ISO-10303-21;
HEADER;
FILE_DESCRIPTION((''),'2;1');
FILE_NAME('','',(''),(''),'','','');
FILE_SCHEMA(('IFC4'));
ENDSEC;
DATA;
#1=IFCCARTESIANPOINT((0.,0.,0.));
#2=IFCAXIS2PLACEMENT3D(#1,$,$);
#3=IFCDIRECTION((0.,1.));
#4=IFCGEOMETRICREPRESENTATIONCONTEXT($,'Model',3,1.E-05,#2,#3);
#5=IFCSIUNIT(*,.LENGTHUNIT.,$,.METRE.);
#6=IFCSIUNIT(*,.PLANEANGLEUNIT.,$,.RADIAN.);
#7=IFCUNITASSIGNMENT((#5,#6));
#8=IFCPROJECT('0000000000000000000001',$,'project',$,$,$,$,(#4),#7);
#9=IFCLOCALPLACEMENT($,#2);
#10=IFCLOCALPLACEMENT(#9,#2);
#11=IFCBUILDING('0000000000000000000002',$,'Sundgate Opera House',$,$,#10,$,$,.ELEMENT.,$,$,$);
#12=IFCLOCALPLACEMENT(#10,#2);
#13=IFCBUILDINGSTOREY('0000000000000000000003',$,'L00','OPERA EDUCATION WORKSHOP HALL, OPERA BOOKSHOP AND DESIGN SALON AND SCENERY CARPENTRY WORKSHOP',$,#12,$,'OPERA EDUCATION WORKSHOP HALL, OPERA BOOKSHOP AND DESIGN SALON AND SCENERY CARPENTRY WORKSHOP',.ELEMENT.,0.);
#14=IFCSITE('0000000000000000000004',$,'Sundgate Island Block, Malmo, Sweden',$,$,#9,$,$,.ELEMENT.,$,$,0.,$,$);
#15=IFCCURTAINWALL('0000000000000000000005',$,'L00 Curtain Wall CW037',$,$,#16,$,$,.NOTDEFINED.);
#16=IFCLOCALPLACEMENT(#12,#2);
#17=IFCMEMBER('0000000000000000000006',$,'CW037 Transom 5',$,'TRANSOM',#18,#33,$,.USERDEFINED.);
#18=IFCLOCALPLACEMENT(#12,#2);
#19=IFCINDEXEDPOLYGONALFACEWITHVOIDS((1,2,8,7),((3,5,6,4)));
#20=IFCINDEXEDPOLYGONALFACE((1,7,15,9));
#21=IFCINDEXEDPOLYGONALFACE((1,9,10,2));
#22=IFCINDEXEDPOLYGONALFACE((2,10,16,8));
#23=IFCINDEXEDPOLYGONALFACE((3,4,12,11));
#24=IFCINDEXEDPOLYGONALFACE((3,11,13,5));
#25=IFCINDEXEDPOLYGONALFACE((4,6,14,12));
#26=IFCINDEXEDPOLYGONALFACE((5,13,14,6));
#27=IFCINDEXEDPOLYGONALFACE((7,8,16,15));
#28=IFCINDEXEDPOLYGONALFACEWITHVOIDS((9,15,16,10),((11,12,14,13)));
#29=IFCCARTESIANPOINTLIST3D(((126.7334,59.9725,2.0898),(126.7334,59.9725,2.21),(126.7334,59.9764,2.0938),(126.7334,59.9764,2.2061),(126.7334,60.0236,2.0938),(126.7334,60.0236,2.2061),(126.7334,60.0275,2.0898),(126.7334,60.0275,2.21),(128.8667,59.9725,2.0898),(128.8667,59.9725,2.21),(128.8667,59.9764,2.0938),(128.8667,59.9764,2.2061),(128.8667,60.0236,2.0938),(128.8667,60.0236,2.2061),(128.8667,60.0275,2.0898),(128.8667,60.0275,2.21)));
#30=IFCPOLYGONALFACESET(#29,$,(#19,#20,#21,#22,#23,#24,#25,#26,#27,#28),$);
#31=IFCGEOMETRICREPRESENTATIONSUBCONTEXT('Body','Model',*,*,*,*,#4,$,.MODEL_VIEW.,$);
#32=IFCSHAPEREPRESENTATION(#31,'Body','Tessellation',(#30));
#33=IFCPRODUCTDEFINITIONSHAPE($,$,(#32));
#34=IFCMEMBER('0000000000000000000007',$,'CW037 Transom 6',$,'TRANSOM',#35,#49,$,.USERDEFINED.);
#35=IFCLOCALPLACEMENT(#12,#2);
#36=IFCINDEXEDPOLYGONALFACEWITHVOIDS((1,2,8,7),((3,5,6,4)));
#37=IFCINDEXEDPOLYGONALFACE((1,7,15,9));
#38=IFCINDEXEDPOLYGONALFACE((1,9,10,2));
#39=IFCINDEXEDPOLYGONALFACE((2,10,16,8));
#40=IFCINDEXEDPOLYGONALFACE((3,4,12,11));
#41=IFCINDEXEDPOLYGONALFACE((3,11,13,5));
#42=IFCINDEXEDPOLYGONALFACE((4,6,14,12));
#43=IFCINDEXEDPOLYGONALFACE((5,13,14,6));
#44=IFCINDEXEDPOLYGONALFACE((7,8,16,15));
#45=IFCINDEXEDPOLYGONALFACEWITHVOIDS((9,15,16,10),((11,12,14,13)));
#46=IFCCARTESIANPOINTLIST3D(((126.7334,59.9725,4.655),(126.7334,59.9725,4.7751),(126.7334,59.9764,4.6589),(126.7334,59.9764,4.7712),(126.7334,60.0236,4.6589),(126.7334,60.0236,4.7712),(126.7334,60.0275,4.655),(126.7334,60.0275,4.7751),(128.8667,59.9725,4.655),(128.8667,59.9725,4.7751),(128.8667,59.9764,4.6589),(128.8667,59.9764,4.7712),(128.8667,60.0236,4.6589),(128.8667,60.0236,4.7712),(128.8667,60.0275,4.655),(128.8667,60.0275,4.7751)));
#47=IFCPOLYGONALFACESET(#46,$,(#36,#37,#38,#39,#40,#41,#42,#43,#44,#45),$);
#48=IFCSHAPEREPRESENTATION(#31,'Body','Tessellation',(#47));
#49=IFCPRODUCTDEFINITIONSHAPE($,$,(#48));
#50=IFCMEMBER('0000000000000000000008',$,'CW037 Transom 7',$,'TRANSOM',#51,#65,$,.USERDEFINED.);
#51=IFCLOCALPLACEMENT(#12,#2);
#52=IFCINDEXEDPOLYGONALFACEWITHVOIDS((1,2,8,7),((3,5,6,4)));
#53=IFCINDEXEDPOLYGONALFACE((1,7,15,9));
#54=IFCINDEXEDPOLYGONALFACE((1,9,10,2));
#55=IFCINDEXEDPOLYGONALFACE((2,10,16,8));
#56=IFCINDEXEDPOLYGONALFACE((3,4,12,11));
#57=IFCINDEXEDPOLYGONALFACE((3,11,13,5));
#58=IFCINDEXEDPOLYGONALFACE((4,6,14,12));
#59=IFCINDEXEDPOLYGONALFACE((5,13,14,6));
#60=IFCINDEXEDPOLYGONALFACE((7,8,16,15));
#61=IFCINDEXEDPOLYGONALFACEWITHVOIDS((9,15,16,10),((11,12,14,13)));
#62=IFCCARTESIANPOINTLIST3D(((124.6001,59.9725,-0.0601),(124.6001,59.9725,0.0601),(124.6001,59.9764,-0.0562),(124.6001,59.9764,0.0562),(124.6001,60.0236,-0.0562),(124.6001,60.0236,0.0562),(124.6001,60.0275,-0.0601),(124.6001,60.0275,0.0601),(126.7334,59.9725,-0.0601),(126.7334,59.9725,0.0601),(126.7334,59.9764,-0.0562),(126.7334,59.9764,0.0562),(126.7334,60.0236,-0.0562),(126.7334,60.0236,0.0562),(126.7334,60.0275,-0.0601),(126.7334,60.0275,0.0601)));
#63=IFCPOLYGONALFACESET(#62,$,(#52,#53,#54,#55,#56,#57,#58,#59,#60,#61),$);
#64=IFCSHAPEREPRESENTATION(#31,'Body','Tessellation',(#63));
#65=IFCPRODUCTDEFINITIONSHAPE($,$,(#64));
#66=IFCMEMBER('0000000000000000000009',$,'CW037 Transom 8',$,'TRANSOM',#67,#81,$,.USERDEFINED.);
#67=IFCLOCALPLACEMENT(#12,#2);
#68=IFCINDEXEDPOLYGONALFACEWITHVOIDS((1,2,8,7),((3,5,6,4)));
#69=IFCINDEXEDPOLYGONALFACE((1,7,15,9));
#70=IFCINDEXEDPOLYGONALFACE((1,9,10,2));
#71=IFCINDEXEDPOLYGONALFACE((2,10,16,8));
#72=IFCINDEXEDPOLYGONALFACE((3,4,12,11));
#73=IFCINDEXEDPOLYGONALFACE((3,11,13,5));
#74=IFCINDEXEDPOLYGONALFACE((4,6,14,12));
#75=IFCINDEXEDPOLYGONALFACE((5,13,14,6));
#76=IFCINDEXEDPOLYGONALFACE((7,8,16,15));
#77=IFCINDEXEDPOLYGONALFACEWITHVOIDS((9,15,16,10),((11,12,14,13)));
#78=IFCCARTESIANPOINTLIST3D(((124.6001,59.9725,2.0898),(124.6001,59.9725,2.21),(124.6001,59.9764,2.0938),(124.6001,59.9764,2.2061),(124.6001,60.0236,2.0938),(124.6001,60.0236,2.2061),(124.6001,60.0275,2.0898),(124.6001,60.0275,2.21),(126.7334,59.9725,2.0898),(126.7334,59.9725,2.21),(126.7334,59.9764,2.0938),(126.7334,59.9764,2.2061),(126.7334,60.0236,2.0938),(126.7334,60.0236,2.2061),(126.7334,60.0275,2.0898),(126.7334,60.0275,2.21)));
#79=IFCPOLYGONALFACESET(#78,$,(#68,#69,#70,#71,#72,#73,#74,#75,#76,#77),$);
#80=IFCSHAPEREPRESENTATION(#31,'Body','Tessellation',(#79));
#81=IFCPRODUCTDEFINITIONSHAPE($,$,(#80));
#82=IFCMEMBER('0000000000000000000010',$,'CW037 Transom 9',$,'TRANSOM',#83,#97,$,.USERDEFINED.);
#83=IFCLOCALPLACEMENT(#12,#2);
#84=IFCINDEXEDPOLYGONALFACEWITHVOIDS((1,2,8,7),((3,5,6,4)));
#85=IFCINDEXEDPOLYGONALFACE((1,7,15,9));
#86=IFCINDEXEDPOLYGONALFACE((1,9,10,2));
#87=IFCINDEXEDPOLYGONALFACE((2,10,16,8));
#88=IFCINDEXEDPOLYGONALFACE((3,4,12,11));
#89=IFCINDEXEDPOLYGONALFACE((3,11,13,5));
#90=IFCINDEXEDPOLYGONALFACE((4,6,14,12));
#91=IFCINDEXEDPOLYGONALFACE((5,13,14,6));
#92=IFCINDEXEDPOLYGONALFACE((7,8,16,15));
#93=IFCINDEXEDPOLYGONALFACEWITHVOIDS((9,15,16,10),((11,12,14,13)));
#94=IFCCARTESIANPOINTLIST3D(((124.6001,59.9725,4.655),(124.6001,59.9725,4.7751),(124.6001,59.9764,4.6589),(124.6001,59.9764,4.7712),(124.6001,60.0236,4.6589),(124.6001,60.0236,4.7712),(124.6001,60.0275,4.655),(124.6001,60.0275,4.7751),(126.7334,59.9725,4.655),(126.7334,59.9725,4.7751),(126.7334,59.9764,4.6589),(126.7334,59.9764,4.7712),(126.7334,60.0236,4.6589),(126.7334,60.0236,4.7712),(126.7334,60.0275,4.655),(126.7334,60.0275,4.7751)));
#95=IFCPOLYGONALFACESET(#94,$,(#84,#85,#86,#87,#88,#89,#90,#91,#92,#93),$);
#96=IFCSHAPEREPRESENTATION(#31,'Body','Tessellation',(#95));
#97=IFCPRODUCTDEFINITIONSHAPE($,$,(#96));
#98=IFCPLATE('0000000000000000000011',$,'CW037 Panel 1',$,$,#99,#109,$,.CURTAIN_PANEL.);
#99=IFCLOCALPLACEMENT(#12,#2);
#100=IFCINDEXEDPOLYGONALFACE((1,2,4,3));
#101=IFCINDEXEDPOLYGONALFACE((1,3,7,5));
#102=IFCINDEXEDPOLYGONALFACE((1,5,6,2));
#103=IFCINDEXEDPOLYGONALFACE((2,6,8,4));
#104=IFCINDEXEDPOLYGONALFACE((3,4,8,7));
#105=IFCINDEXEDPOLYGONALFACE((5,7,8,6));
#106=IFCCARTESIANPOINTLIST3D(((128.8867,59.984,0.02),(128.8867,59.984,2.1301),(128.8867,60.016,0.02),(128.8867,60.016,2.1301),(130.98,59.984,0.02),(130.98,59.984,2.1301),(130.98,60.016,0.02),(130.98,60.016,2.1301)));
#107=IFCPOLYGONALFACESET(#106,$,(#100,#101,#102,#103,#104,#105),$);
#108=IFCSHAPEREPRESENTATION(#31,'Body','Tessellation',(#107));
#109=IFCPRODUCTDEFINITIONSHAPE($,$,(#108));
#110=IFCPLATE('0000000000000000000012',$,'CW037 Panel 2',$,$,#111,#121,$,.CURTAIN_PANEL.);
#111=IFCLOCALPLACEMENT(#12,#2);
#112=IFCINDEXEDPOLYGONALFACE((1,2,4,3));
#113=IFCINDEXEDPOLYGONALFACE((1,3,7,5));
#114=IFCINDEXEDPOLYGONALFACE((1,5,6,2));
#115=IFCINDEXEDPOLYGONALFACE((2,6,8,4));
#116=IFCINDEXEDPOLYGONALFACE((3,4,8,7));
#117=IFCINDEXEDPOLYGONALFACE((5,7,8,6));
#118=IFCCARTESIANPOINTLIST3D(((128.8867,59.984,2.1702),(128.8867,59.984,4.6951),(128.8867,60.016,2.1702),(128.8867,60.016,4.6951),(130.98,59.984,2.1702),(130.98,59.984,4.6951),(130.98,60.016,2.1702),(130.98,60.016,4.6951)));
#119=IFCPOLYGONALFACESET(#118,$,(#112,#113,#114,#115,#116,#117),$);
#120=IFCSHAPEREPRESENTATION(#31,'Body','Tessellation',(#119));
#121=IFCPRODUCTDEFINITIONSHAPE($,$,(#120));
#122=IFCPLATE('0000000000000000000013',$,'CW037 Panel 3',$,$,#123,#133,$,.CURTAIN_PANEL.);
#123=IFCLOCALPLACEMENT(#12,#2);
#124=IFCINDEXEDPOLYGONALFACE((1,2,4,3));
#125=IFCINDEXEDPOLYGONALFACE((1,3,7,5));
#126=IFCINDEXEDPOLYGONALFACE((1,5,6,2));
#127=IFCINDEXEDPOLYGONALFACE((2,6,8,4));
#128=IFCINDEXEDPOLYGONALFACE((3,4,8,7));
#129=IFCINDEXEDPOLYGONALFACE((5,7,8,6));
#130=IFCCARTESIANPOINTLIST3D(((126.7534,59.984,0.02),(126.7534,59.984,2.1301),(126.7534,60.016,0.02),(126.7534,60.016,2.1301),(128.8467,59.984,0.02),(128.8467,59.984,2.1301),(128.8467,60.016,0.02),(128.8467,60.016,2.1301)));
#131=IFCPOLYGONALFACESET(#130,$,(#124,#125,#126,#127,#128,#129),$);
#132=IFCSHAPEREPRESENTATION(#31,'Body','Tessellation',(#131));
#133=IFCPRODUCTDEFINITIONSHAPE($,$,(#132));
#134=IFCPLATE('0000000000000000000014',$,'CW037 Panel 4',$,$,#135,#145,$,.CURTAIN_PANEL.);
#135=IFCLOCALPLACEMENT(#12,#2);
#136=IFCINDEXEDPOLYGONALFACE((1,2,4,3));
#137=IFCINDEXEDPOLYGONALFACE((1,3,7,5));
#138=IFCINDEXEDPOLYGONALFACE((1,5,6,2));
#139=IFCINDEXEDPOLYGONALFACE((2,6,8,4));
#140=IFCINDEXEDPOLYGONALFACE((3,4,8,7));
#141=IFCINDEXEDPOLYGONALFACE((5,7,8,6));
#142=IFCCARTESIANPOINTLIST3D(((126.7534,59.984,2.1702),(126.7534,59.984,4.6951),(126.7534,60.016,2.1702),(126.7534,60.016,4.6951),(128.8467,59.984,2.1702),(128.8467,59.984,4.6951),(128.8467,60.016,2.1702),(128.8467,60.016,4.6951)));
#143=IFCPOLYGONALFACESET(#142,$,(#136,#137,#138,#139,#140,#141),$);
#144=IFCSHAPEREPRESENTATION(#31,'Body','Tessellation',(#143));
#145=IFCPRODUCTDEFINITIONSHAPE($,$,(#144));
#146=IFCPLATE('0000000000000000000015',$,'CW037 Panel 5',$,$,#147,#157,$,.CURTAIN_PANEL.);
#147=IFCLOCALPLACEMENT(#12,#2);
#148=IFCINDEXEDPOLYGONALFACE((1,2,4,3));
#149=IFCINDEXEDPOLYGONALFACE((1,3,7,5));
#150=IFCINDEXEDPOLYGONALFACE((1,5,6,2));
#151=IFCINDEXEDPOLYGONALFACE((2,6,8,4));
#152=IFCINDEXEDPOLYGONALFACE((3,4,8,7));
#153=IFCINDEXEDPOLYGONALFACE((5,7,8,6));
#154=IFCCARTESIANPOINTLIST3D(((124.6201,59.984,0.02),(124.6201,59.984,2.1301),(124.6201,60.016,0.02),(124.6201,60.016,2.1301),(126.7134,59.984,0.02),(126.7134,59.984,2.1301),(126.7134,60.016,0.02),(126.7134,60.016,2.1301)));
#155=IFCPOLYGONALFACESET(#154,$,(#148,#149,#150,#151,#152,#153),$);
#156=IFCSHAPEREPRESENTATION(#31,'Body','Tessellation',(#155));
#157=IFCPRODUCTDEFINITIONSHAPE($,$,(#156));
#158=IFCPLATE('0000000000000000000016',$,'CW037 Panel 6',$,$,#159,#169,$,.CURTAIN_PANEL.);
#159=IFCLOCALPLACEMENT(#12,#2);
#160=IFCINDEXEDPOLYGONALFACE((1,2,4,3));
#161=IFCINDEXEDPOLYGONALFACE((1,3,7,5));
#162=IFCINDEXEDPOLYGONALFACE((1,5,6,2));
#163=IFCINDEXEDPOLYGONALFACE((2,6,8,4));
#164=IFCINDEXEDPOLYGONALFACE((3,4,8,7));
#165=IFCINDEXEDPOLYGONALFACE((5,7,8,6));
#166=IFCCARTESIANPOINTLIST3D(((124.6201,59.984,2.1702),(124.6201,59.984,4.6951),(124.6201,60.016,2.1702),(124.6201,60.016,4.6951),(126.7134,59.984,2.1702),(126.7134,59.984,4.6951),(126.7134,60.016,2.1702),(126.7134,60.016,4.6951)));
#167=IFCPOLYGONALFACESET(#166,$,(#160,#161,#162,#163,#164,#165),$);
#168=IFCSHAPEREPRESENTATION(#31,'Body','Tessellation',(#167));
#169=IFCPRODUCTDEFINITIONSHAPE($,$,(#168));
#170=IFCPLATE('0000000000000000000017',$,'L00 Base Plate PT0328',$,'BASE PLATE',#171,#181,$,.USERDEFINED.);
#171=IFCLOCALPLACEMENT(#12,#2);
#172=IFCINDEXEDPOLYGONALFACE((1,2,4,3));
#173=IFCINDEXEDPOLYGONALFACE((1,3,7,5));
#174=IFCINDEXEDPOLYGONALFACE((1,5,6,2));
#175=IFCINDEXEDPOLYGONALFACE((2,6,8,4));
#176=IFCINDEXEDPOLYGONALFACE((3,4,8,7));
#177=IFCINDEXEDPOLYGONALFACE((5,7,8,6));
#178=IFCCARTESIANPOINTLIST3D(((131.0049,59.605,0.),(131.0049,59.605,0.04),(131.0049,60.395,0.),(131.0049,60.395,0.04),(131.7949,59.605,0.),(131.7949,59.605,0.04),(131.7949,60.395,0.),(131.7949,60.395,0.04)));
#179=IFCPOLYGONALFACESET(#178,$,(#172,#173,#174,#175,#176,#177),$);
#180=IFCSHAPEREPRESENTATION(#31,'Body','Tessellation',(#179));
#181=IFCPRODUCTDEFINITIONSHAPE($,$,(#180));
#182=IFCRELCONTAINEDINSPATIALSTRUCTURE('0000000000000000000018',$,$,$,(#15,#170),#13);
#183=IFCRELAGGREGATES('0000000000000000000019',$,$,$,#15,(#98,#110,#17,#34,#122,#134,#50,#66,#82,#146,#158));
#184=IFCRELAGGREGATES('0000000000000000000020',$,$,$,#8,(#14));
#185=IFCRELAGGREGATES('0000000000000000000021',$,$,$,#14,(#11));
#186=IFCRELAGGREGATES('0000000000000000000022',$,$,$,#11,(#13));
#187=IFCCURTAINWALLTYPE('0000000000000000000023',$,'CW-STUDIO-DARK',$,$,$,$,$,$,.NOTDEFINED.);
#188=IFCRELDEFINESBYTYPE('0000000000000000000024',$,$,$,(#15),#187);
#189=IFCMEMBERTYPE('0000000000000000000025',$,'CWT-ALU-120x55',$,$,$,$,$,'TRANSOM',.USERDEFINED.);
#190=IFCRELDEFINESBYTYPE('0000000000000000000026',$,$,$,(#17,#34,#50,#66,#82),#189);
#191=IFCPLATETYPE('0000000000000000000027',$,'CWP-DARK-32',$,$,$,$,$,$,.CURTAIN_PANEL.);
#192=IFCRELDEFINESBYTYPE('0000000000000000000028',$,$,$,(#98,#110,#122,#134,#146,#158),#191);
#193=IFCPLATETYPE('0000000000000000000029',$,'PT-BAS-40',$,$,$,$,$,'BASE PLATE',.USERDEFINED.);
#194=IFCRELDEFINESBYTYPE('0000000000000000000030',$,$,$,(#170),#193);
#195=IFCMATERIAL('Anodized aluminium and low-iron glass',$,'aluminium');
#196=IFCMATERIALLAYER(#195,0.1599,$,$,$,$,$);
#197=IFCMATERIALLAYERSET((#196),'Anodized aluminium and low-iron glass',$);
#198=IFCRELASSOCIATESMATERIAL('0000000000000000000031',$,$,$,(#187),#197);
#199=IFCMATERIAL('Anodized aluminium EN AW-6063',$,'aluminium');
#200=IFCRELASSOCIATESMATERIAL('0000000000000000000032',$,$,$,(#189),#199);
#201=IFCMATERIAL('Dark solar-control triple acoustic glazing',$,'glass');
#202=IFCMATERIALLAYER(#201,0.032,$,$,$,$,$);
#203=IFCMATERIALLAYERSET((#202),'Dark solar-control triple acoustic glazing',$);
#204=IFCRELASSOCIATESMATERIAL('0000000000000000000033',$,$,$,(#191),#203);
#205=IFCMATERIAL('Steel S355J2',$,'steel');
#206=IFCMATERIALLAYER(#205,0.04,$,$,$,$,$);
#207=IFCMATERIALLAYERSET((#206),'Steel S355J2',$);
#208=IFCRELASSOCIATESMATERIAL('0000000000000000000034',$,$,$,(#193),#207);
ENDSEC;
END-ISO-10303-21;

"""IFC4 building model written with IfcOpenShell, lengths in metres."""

from ifc_helpers import new_model, si_unit, direction, frame, origin, origin_2d, place, context, subcontext, project, spatial, rectangle, hollow_rectangle, extrude, material, layer, layer_set, material_profile, profile_set, type_object, element, aggregate, save


model = new_model("IFC4")

# Units and contexts
model_context = context("Model", 3, precision=1e-05, world=origin(), true_north=direction((0.0, 1.0)))
body_context = subcontext(model_context, "Body", "Model", "MODEL_VIEW")
ifc_project = project(units=[si_unit("LENGTHUNIT", "METRE"), si_unit("PLANEANGLEUNIT", "RADIAN")], contexts=[model_context])

# Site, building, storey
site_placement = place(None, origin())
site = spatial("IfcSite", under=ifc_project, at=site_placement, Name="Sundgate Island Block, Malmo, Sweden", CompositionType="ELEMENT", RefElevation=0.0)
building_placement = place(site_placement, origin())
building = spatial("IfcBuilding", under=site, at=building_placement, Name="Sundgate Opera House", CompositionType="ELEMENT")
storey_placement = place(building_placement, origin())
storey = spatial("IfcBuildingStorey", under=building, at=storey_placement, Name="L00", Description="OPERA EDUCATION WORKSHOP HALL, OPERA BOOKSHOP AND DESIGN SALON AND SCENERY CARPENTRY WORKSHOP", LongName="OPERA EDUCATION WORKSHOP HALL, OPERA BOOKSHOP AND DESIGN SALON AND SCENERY CARPENTRY WORKSHOP", CompositionType="ELEMENT", Elevation=0.0)

# Curtain wall, members, plates
ifc_material_1 = material(Name="Anodized aluminium and low-iron glass", Category="aluminium")
ifc_layer_1 = layer(ifc_material_1, 0.1599)
ifc_layer_set_1 = layer_set([ifc_layer_1], Name="Anodized aluminium and low-iron glass")
curtain_wall_type = type_object("IfcCurtainWallType", Name="CW-STUDIO-DARK", PredefinedType="NOTDEFINED", material=ifc_layer_set_1)
curtain_wall_placement = place(storey_placement, origin())
curtain_wall = element("IfcCurtainWall", 1, at=curtain_wall_placement, inside=storey, type_object=curtain_wall_type, Name="L00 Curtain Wall CW037", PredefinedType="NOTDEFINED")
ifc_material_2 = material(Name="Anodized aluminium EN AW-6063", Category="aluminium")
ifc_material_profile_1 = material_profile(ifc_material_2, hollow_rectangle(XDim=0.0549, YDim=0.1201, WallThickness=0.0039, at=origin_2d()), Name="CWT 120x55x4")
ifc_profile_set_1 = profile_set([ifc_material_profile_1], Name="Anodized aluminium EN AW-6063")
member_type_1 = type_object("IfcMemberType", Name="CWT-ALU-120x55", ElementType="TRANSOM", PredefinedType="USERDEFINED", material=ifc_profile_set_1)
member_1_placement = place(storey_placement, frame((128.8667, 60.0, 2.1499), z_axis=(-1.0, 0.0, 0.0), x_axis=(0.0, -1.0, 0.0)))
member_1 = element("IfcMember", 2, at=member_1_placement, type_object=member_type_1, Name="CW037 Transom 5", ObjectType="TRANSOM", PredefinedType="USERDEFINED", context=body_context, shape_type="SweptSolid", body=[
    extrude(hollow_rectangle(XDim=0.0549, YDim=0.1201, WallThickness=0.0039, at=origin_2d()), origin(), (0.0, 0.0, 1.0), 2.1333),
])
member_2_placement = place(storey_placement, frame((128.8667, 60.0, 4.7151), z_axis=(-1.0, 0.0, 0.0), x_axis=(0.0, -1.0, 0.0)))
member_2 = element("IfcMember", 3, at=member_2_placement, type_object=member_type_1, Name="CW037 Transom 6", ObjectType="TRANSOM", PredefinedType="USERDEFINED", context=body_context, shape_type="SweptSolid", body=[
    extrude(hollow_rectangle(XDim=0.0549, YDim=0.1201, WallThickness=0.0039, at=origin_2d()), origin(), (0.0, 0.0, 1.0), 2.1333),
])
member_3_placement = place(storey_placement, frame((126.7334, 60.0, 0.0), z_axis=(-1.0, 0.0, 0.0), x_axis=(0.0, -1.0, 0.0)))
member_3 = element("IfcMember", 4, at=member_3_placement, type_object=member_type_1, Name="CW037 Transom 7", ObjectType="TRANSOM", PredefinedType="USERDEFINED", context=body_context, shape_type="SweptSolid", body=[
    extrude(hollow_rectangle(XDim=0.0549, YDim=0.1201, WallThickness=0.0039, at=origin_2d()), origin(), (0.0, 0.0, 1.0), 2.1333),
])
member_4_placement = place(storey_placement, frame((126.7334, 60.0, 2.1499), z_axis=(-1.0, 0.0, 0.0), x_axis=(0.0, -1.0, 0.0)))
member_4 = element("IfcMember", 5, at=member_4_placement, type_object=member_type_1, Name="CW037 Transom 8", ObjectType="TRANSOM", PredefinedType="USERDEFINED", context=body_context, shape_type="SweptSolid", body=[
    extrude(hollow_rectangle(XDim=0.0549, YDim=0.1201, WallThickness=0.0039, at=origin_2d()), origin(), (0.0, 0.0, 1.0), 2.1333),
])
member_5_placement = place(storey_placement, frame((126.7334, 60.0, 4.7151), z_axis=(-1.0, 0.0, 0.0), x_axis=(0.0, -1.0, 0.0)))
member_5 = element("IfcMember", 6, at=member_5_placement, type_object=member_type_1, Name="CW037 Transom 9", ObjectType="TRANSOM", PredefinedType="USERDEFINED", context=body_context, shape_type="SweptSolid", body=[
    extrude(hollow_rectangle(XDim=0.0549, YDim=0.1201, WallThickness=0.0039, at=origin_2d()), origin(), (0.0, 0.0, 1.0), 2.1333),
])
ifc_material_3 = material(Name="Dark solar-control triple acoustic glazing", Category="glass")
ifc_layer_2 = layer(ifc_material_3, 0.032)
ifc_layer_set_2 = layer_set([ifc_layer_2], Name="Dark solar-control triple acoustic glazing")
plate_type_1 = type_object("IfcPlateType", Name="CWP-DARK-32", PredefinedType="CURTAIN_PANEL", material=ifc_layer_set_2)
plate_1_placement = place(storey_placement, frame((129.9333, 60.0, 0.02), z_axis=(0.0, 0.0, 1.0), x_axis=(-1.0, 0.0, 0.0)))
plate_1 = element("IfcPlate", 7, at=plate_1_placement, type_object=plate_type_1, Name="CW037 Panel 1", PredefinedType="CURTAIN_PANEL", context=body_context, shape_type="SweptSolid", body=[
    extrude(rectangle(XDim=2.0933, YDim=0.032, at=origin_2d()), origin(), (0.0, 0.0, 1.0), 2.1101),
])
plate_2_placement = place(storey_placement, frame((129.9333, 60.0, 2.1702), z_axis=(0.0, 0.0, 1.0), x_axis=(-1.0, 0.0, 0.0)))
plate_2 = element("IfcPlate", 8, at=plate_2_placement, type_object=plate_type_1, Name="CW037 Panel 2", PredefinedType="CURTAIN_PANEL", context=body_context, shape_type="SweptSolid", body=[
    extrude(rectangle(XDim=2.0933, YDim=0.032, at=origin_2d()), origin(), (0.0, 0.0, 1.0), 2.5249),
])
plate_3_placement = place(storey_placement, frame((127.8, 60.0, 0.02), z_axis=(0.0, 0.0, 1.0), x_axis=(-1.0, 0.0, 0.0)))
plate_3 = element("IfcPlate", 9, at=plate_3_placement, type_object=plate_type_1, Name="CW037 Panel 3", PredefinedType="CURTAIN_PANEL", context=body_context, shape_type="SweptSolid", body=[
    extrude(rectangle(XDim=2.0933, YDim=0.032, at=origin_2d()), origin(), (0.0, 0.0, 1.0), 2.1101),
])
plate_4_placement = place(storey_placement, frame((127.8, 60.0, 2.1702), z_axis=(0.0, 0.0, 1.0), x_axis=(-1.0, 0.0, 0.0)))
plate_4 = element("IfcPlate", 10, at=plate_4_placement, type_object=plate_type_1, Name="CW037 Panel 4", PredefinedType="CURTAIN_PANEL", context=body_context, shape_type="SweptSolid", body=[
    extrude(rectangle(XDim=2.0933, YDim=0.032, at=origin_2d()), origin(), (0.0, 0.0, 1.0), 2.5249),
])
plate_5_placement = place(storey_placement, frame((125.6667, 60.0, 0.02), z_axis=(0.0, 0.0, 1.0), x_axis=(-1.0, 0.0, 0.0)))
plate_5 = element("IfcPlate", 11, at=plate_5_placement, type_object=plate_type_1, Name="CW037 Panel 5", PredefinedType="CURTAIN_PANEL", context=body_context, shape_type="SweptSolid", body=[
    extrude(rectangle(XDim=2.0933, YDim=0.032, at=origin_2d()), origin(), (0.0, 0.0, 1.0), 2.1101),
])
plate_6_placement = place(storey_placement, frame((125.6667, 60.0, 2.1702), z_axis=(0.0, 0.0, 1.0), x_axis=(-1.0, 0.0, 0.0)))
plate_6 = element("IfcPlate", 12, at=plate_6_placement, type_object=plate_type_1, Name="CW037 Panel 6", PredefinedType="CURTAIN_PANEL", context=body_context, shape_type="SweptSolid", body=[
    extrude(rectangle(XDim=2.0933, YDim=0.032, at=origin_2d()), origin(), (0.0, 0.0, 1.0), 2.5249),
])
aggregate(curtain_wall, [plate_1, plate_2, member_1, member_2, plate_3, plate_4, member_3, member_4, member_5, plate_5, plate_6])

# Plate
ifc_material_4 = material(Name="Steel S355J2", Category="steel")
ifc_layer_3 = layer(ifc_material_4, 0.04)
ifc_layer_set_3 = layer_set([ifc_layer_3], Name="Steel S355J2")
plate_type_2 = type_object("IfcPlateType", Name="PT-BAS-40", ElementType="BASE PLATE", PredefinedType="USERDEFINED", material=ifc_layer_set_3)
plate_7_placement = place(storey_placement, frame((131.3999, 60.0, 0.0), z_axis=(0.0, 0.0, 1.0), x_axis=(1.0, 0.0, 0.0)))
element("IfcPlate", 13, at=plate_7_placement, inside=storey, type_object=plate_type_2, Name="L00 Base Plate PT0328", ObjectType="BASE PLATE", PredefinedType="USERDEFINED", context=body_context, shape_type="SweptSolid", body=[
    extrude(rectangle(XDim=0.79, YDim=0.79, at=origin_2d()), origin(), (0.0, 0.0, 1.0), 0.04),
])

save(model, "model.ifc")
